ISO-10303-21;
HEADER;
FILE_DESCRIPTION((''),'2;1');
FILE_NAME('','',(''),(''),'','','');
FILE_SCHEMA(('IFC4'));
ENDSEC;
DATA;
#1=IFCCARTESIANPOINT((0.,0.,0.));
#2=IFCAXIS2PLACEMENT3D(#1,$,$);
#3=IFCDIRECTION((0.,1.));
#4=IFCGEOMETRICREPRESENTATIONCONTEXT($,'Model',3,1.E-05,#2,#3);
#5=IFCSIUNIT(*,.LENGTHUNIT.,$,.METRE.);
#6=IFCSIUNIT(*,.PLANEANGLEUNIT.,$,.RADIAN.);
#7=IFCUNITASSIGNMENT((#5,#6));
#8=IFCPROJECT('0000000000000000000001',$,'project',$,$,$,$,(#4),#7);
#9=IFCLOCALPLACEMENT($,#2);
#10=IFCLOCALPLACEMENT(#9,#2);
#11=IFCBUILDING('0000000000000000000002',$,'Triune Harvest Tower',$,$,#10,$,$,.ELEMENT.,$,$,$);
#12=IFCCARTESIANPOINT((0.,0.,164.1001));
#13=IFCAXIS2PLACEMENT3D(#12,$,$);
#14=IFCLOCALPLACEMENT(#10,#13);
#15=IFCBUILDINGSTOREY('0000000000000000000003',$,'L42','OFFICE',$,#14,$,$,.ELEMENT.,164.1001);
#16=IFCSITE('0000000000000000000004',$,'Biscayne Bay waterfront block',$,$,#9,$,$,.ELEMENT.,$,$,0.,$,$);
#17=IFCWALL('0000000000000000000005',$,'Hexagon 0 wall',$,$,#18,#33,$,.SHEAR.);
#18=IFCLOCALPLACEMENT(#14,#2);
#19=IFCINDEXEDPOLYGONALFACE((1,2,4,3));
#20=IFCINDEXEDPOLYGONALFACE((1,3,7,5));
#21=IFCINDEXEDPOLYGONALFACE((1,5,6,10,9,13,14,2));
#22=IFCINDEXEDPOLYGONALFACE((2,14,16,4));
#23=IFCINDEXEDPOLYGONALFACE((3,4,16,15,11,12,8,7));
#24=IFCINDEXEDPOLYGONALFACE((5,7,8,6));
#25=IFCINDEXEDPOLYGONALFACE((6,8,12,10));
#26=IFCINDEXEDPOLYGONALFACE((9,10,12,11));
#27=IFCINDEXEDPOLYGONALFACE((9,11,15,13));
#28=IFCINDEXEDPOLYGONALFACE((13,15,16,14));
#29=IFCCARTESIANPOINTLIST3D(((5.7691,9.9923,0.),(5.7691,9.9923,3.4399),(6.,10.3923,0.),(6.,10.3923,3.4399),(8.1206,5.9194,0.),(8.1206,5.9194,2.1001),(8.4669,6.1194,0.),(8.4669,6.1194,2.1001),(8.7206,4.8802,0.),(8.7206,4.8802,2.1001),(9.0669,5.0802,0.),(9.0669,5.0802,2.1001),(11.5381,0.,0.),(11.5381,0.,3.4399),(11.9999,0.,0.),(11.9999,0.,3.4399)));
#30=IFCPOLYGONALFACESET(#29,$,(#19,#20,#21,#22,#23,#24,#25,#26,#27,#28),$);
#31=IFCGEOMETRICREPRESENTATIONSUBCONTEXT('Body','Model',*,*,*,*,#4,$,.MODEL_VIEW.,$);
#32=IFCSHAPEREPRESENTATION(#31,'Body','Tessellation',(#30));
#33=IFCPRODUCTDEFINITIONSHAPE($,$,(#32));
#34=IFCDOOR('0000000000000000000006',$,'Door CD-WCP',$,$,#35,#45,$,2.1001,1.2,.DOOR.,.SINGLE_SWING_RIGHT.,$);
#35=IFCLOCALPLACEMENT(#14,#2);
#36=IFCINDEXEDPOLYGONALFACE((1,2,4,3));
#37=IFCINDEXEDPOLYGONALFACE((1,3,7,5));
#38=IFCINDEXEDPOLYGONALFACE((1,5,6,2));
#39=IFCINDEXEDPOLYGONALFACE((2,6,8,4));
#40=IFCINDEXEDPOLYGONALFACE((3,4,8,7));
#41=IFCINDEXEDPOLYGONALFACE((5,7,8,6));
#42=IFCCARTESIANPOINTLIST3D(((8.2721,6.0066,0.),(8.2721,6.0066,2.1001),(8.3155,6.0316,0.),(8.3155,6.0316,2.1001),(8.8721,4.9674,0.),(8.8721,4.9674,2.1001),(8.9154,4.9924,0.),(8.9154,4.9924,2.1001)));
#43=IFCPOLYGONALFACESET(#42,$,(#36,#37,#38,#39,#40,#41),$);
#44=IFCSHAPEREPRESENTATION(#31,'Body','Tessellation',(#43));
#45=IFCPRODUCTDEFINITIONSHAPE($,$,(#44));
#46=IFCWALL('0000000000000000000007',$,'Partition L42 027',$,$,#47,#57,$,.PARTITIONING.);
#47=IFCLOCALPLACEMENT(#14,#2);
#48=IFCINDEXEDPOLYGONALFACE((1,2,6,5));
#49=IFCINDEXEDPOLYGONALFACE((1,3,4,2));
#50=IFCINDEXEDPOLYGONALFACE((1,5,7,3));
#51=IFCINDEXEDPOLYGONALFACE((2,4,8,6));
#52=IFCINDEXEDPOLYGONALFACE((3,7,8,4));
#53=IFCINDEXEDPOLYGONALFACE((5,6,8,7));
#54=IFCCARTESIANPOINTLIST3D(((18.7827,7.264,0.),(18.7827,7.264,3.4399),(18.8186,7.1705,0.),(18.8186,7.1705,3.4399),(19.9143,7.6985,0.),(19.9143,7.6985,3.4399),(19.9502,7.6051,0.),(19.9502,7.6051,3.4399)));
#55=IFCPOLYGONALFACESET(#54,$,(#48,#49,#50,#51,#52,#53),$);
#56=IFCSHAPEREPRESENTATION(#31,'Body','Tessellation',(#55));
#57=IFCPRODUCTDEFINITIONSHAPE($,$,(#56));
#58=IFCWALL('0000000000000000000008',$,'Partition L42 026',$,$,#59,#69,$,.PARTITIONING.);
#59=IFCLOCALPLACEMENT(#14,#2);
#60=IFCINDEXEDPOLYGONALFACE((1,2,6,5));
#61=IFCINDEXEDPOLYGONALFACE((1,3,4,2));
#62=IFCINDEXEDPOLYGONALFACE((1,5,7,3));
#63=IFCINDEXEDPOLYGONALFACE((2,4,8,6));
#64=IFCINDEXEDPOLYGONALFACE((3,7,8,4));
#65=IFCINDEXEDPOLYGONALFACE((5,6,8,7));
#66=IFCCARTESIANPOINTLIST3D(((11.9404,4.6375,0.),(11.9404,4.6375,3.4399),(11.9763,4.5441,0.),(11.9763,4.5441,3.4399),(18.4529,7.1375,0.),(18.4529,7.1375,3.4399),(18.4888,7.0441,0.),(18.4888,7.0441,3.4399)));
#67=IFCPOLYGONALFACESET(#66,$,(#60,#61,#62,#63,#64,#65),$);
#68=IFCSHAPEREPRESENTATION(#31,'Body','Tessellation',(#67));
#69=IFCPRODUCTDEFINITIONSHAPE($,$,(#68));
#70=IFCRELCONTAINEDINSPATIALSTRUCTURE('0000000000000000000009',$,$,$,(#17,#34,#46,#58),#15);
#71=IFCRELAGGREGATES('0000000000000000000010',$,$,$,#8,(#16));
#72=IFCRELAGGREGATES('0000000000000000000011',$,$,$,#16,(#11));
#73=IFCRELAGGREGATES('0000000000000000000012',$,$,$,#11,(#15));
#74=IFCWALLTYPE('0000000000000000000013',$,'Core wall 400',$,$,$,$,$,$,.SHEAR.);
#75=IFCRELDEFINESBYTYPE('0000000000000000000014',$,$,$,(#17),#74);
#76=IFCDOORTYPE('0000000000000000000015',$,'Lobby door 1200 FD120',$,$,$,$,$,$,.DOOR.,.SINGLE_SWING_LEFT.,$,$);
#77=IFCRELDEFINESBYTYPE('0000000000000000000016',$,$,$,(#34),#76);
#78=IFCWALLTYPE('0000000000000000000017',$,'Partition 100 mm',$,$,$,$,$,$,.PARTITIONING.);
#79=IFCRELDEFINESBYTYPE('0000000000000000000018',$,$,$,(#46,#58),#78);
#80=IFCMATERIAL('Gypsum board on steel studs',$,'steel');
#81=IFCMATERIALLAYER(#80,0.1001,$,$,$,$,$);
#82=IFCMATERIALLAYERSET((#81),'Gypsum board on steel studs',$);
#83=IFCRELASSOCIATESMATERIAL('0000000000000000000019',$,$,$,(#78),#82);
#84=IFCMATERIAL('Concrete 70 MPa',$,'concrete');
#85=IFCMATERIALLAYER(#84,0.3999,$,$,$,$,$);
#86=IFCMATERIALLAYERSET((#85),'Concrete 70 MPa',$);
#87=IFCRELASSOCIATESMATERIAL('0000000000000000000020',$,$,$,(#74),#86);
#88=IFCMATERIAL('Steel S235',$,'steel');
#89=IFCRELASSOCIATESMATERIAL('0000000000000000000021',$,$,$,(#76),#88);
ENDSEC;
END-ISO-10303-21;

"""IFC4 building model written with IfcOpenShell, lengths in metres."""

from ifc_helpers import new_model, si_unit, direction, frame, frame_2d, origin, place, context, subcontext, project, spatial, polyline, rectangle, outline, extrude, source, transform, mapped, material, layer, layer_set, type_object, element, fill, save


model = new_model("IFC4")

# Units and contexts
model_context = context("Model", 3, precision=1e-05, world=origin(), true_north=direction((0.0, 1.0)))
body_context = subcontext(model_context, "Body", "Model", "MODEL_VIEW")
ifc_project = project(units=[si_unit("LENGTHUNIT", "METRE"), si_unit("PLANEANGLEUNIT", "RADIAN")], contexts=[model_context])

# Site, building, storey
site_placement = place(None, origin())
site = spatial("IfcSite", under=ifc_project, at=site_placement, Name="Biscayne Bay waterfront block", CompositionType="ELEMENT", RefElevation=0.0)
building_placement = place(site_placement, origin())
building = spatial("IfcBuilding", under=site, at=building_placement, Name="Triune Harvest Tower", CompositionType="ELEMENT")
storey_placement = place(building_placement, frame((0.0, 0.0, 164.1001)))
storey = spatial("IfcBuildingStorey", under=building, at=storey_placement, Name="L42", Description="OFFICE", CompositionType="ELEMENT", Elevation=164.1001)

# Shared definitions
ifc_material_1 = material(Name="Gypsum board on steel studs", Category="steel")
ifc_layer_1 = layer(ifc_material_1, 0.1001)
ifc_layer_set_1 = layer_set([ifc_layer_1], Name="Gypsum board on steel studs")
wall_type_1 = type_object("IfcWallType", Name="Partition 100 mm", PredefinedType="PARTITIONING", material=ifc_layer_set_1)

# Wall, opening, door
ifc_material_2 = material(Name="Concrete 70 MPa", Category="concrete")
ifc_layer_2 = layer(ifc_material_2, 0.3999)
ifc_layer_set_2 = layer_set([ifc_layer_2], Name="Concrete 70 MPa")
wall_type_2 = type_object("IfcWallType", Name="Core wall 400", PredefinedType="SHEAR", material=ifc_layer_set_2)
shared_shape_1 = source(origin(), body_context, "Body", "SweptSolid", [
    extrude(outline(polyline([(-0.1155, -0.2), (11.8845, -0.2), (11.6536, 0.2), (0.1155, 0.2), (-0.1155, -0.2)])), origin(), (0.0, 0.0, 1.0), 3.4399),
])
wall_1_placement = place(storey_placement, frame((11.769, 0.0, 0.0), z_axis=(0.0, 0.0, 1.0), x_axis=(-0.499997, 0.866027, 0.0)))
wall_1 = element("IfcWall", 1, at=wall_1_placement, inside=storey, type_object=wall_type_2, Name="Hexagon 0 wall", PredefinedType="SHEAR", context=body_context, shape_type="MappedRepresentation", body=[
    mapped(shared_shape_1, transform((0.0, 0.0, 0.0), scale=1.0)),
])
opening_placement = place(wall_1_placement, frame((5.7505, 0.0, 0.0)))
opening = element("IfcOpeningElement", 2, at=opening_placement, cuts=wall_1, PredefinedType="OPENING", context=body_context, shape_type="SweptSolid", body=[
    extrude(rectangle(XDim=1.2, YDim=2.1001, at=frame_2d((0.6001, 1.05))), frame((0.0, 0.21, 0.0), z_axis=(0.0, -1.0, 0.0), x_axis=(1.0, 0.0, 0.0)), (0.0, 0.0, 1.0), 0.4199),
])
ifc_material_3 = material(Name="Steel S235", Category="steel")
door_type = type_object("IfcDoorType", Name="Lobby door 1200 FD120", OperationType="SINGLE_SWING_LEFT", PredefinedType="DOOR", material=ifc_material_3)
door_placement = place(opening_placement, frame((1.2, 0.0, 0.0), z_axis=(0.0, 0.0, 1.0), x_axis=(-1.0, 0.0, 0.0)))
door = element("IfcDoor", 3, at=door_placement, inside=storey, type_object=door_type, Name="Door CD-WCP", OperationType="SINGLE_SWING_RIGHT", OverallHeight=2.1001, OverallWidth=1.2, PredefinedType="DOOR", context=body_context, shape_type="SweptSolid", body=[
    extrude(rectangle(XDim=1.2, YDim=2.1001, at=frame_2d((0.6001, 1.05))), frame((0.0, 0.0249, 0.0), z_axis=(0.0, -1.0, 0.0), x_axis=(1.0, 0.0, 0.0)), (0.0, 0.0, 1.0), 0.05),
])
fill(opening, door)

# Walls
shared_shape_2 = source(origin(), body_context, "Body", "SweptSolid", [
    extrude(rectangle(XDim=1.2122, YDim=0.1001, at=frame_2d((0.606, 0.0))), origin(), (0.0, 0.0, 1.0), 3.4399),
])
wall_2_placement = place(storey_placement, frame((18.8008, 7.2173, 0.0), z_axis=(0.0, 0.0, 1.0), x_axis=(0.933527, 0.358507, 0.0)))
element("IfcWall", 4, at=wall_2_placement, inside=storey, type_object=wall_type_1, Name="Partition L42 027", PredefinedType="PARTITIONING", context=body_context, shape_type="MappedRepresentation", body=[
    mapped(shared_shape_2, transform((0.0, 0.0, 0.0), scale=1.0)),
])
shared_shape_3 = source(origin(), body_context, "Body", "SweptSolid", [
    extrude(rectangle(XDim=6.9758, YDim=0.1001, at=frame_2d((3.4878, 0.0))), origin(), (0.0, 0.0, 1.0), 3.4399),
])
wall_3_placement = place(storey_placement, frame((11.9585, 4.5908, 0.0), z_axis=(0.0, 0.0, 1.0), x_axis=(0.933575, 0.358381, 0.0)))
element("IfcWall", 5, at=wall_3_placement, inside=storey, type_object=wall_type_1, Name="Partition L42 026", PredefinedType="PARTITIONING", context=body_context, shape_type="MappedRepresentation", body=[
    mapped(shared_shape_3, transform((0.0, 0.0, 0.0), scale=1.0)),
])

save(model, "model.ifc")
